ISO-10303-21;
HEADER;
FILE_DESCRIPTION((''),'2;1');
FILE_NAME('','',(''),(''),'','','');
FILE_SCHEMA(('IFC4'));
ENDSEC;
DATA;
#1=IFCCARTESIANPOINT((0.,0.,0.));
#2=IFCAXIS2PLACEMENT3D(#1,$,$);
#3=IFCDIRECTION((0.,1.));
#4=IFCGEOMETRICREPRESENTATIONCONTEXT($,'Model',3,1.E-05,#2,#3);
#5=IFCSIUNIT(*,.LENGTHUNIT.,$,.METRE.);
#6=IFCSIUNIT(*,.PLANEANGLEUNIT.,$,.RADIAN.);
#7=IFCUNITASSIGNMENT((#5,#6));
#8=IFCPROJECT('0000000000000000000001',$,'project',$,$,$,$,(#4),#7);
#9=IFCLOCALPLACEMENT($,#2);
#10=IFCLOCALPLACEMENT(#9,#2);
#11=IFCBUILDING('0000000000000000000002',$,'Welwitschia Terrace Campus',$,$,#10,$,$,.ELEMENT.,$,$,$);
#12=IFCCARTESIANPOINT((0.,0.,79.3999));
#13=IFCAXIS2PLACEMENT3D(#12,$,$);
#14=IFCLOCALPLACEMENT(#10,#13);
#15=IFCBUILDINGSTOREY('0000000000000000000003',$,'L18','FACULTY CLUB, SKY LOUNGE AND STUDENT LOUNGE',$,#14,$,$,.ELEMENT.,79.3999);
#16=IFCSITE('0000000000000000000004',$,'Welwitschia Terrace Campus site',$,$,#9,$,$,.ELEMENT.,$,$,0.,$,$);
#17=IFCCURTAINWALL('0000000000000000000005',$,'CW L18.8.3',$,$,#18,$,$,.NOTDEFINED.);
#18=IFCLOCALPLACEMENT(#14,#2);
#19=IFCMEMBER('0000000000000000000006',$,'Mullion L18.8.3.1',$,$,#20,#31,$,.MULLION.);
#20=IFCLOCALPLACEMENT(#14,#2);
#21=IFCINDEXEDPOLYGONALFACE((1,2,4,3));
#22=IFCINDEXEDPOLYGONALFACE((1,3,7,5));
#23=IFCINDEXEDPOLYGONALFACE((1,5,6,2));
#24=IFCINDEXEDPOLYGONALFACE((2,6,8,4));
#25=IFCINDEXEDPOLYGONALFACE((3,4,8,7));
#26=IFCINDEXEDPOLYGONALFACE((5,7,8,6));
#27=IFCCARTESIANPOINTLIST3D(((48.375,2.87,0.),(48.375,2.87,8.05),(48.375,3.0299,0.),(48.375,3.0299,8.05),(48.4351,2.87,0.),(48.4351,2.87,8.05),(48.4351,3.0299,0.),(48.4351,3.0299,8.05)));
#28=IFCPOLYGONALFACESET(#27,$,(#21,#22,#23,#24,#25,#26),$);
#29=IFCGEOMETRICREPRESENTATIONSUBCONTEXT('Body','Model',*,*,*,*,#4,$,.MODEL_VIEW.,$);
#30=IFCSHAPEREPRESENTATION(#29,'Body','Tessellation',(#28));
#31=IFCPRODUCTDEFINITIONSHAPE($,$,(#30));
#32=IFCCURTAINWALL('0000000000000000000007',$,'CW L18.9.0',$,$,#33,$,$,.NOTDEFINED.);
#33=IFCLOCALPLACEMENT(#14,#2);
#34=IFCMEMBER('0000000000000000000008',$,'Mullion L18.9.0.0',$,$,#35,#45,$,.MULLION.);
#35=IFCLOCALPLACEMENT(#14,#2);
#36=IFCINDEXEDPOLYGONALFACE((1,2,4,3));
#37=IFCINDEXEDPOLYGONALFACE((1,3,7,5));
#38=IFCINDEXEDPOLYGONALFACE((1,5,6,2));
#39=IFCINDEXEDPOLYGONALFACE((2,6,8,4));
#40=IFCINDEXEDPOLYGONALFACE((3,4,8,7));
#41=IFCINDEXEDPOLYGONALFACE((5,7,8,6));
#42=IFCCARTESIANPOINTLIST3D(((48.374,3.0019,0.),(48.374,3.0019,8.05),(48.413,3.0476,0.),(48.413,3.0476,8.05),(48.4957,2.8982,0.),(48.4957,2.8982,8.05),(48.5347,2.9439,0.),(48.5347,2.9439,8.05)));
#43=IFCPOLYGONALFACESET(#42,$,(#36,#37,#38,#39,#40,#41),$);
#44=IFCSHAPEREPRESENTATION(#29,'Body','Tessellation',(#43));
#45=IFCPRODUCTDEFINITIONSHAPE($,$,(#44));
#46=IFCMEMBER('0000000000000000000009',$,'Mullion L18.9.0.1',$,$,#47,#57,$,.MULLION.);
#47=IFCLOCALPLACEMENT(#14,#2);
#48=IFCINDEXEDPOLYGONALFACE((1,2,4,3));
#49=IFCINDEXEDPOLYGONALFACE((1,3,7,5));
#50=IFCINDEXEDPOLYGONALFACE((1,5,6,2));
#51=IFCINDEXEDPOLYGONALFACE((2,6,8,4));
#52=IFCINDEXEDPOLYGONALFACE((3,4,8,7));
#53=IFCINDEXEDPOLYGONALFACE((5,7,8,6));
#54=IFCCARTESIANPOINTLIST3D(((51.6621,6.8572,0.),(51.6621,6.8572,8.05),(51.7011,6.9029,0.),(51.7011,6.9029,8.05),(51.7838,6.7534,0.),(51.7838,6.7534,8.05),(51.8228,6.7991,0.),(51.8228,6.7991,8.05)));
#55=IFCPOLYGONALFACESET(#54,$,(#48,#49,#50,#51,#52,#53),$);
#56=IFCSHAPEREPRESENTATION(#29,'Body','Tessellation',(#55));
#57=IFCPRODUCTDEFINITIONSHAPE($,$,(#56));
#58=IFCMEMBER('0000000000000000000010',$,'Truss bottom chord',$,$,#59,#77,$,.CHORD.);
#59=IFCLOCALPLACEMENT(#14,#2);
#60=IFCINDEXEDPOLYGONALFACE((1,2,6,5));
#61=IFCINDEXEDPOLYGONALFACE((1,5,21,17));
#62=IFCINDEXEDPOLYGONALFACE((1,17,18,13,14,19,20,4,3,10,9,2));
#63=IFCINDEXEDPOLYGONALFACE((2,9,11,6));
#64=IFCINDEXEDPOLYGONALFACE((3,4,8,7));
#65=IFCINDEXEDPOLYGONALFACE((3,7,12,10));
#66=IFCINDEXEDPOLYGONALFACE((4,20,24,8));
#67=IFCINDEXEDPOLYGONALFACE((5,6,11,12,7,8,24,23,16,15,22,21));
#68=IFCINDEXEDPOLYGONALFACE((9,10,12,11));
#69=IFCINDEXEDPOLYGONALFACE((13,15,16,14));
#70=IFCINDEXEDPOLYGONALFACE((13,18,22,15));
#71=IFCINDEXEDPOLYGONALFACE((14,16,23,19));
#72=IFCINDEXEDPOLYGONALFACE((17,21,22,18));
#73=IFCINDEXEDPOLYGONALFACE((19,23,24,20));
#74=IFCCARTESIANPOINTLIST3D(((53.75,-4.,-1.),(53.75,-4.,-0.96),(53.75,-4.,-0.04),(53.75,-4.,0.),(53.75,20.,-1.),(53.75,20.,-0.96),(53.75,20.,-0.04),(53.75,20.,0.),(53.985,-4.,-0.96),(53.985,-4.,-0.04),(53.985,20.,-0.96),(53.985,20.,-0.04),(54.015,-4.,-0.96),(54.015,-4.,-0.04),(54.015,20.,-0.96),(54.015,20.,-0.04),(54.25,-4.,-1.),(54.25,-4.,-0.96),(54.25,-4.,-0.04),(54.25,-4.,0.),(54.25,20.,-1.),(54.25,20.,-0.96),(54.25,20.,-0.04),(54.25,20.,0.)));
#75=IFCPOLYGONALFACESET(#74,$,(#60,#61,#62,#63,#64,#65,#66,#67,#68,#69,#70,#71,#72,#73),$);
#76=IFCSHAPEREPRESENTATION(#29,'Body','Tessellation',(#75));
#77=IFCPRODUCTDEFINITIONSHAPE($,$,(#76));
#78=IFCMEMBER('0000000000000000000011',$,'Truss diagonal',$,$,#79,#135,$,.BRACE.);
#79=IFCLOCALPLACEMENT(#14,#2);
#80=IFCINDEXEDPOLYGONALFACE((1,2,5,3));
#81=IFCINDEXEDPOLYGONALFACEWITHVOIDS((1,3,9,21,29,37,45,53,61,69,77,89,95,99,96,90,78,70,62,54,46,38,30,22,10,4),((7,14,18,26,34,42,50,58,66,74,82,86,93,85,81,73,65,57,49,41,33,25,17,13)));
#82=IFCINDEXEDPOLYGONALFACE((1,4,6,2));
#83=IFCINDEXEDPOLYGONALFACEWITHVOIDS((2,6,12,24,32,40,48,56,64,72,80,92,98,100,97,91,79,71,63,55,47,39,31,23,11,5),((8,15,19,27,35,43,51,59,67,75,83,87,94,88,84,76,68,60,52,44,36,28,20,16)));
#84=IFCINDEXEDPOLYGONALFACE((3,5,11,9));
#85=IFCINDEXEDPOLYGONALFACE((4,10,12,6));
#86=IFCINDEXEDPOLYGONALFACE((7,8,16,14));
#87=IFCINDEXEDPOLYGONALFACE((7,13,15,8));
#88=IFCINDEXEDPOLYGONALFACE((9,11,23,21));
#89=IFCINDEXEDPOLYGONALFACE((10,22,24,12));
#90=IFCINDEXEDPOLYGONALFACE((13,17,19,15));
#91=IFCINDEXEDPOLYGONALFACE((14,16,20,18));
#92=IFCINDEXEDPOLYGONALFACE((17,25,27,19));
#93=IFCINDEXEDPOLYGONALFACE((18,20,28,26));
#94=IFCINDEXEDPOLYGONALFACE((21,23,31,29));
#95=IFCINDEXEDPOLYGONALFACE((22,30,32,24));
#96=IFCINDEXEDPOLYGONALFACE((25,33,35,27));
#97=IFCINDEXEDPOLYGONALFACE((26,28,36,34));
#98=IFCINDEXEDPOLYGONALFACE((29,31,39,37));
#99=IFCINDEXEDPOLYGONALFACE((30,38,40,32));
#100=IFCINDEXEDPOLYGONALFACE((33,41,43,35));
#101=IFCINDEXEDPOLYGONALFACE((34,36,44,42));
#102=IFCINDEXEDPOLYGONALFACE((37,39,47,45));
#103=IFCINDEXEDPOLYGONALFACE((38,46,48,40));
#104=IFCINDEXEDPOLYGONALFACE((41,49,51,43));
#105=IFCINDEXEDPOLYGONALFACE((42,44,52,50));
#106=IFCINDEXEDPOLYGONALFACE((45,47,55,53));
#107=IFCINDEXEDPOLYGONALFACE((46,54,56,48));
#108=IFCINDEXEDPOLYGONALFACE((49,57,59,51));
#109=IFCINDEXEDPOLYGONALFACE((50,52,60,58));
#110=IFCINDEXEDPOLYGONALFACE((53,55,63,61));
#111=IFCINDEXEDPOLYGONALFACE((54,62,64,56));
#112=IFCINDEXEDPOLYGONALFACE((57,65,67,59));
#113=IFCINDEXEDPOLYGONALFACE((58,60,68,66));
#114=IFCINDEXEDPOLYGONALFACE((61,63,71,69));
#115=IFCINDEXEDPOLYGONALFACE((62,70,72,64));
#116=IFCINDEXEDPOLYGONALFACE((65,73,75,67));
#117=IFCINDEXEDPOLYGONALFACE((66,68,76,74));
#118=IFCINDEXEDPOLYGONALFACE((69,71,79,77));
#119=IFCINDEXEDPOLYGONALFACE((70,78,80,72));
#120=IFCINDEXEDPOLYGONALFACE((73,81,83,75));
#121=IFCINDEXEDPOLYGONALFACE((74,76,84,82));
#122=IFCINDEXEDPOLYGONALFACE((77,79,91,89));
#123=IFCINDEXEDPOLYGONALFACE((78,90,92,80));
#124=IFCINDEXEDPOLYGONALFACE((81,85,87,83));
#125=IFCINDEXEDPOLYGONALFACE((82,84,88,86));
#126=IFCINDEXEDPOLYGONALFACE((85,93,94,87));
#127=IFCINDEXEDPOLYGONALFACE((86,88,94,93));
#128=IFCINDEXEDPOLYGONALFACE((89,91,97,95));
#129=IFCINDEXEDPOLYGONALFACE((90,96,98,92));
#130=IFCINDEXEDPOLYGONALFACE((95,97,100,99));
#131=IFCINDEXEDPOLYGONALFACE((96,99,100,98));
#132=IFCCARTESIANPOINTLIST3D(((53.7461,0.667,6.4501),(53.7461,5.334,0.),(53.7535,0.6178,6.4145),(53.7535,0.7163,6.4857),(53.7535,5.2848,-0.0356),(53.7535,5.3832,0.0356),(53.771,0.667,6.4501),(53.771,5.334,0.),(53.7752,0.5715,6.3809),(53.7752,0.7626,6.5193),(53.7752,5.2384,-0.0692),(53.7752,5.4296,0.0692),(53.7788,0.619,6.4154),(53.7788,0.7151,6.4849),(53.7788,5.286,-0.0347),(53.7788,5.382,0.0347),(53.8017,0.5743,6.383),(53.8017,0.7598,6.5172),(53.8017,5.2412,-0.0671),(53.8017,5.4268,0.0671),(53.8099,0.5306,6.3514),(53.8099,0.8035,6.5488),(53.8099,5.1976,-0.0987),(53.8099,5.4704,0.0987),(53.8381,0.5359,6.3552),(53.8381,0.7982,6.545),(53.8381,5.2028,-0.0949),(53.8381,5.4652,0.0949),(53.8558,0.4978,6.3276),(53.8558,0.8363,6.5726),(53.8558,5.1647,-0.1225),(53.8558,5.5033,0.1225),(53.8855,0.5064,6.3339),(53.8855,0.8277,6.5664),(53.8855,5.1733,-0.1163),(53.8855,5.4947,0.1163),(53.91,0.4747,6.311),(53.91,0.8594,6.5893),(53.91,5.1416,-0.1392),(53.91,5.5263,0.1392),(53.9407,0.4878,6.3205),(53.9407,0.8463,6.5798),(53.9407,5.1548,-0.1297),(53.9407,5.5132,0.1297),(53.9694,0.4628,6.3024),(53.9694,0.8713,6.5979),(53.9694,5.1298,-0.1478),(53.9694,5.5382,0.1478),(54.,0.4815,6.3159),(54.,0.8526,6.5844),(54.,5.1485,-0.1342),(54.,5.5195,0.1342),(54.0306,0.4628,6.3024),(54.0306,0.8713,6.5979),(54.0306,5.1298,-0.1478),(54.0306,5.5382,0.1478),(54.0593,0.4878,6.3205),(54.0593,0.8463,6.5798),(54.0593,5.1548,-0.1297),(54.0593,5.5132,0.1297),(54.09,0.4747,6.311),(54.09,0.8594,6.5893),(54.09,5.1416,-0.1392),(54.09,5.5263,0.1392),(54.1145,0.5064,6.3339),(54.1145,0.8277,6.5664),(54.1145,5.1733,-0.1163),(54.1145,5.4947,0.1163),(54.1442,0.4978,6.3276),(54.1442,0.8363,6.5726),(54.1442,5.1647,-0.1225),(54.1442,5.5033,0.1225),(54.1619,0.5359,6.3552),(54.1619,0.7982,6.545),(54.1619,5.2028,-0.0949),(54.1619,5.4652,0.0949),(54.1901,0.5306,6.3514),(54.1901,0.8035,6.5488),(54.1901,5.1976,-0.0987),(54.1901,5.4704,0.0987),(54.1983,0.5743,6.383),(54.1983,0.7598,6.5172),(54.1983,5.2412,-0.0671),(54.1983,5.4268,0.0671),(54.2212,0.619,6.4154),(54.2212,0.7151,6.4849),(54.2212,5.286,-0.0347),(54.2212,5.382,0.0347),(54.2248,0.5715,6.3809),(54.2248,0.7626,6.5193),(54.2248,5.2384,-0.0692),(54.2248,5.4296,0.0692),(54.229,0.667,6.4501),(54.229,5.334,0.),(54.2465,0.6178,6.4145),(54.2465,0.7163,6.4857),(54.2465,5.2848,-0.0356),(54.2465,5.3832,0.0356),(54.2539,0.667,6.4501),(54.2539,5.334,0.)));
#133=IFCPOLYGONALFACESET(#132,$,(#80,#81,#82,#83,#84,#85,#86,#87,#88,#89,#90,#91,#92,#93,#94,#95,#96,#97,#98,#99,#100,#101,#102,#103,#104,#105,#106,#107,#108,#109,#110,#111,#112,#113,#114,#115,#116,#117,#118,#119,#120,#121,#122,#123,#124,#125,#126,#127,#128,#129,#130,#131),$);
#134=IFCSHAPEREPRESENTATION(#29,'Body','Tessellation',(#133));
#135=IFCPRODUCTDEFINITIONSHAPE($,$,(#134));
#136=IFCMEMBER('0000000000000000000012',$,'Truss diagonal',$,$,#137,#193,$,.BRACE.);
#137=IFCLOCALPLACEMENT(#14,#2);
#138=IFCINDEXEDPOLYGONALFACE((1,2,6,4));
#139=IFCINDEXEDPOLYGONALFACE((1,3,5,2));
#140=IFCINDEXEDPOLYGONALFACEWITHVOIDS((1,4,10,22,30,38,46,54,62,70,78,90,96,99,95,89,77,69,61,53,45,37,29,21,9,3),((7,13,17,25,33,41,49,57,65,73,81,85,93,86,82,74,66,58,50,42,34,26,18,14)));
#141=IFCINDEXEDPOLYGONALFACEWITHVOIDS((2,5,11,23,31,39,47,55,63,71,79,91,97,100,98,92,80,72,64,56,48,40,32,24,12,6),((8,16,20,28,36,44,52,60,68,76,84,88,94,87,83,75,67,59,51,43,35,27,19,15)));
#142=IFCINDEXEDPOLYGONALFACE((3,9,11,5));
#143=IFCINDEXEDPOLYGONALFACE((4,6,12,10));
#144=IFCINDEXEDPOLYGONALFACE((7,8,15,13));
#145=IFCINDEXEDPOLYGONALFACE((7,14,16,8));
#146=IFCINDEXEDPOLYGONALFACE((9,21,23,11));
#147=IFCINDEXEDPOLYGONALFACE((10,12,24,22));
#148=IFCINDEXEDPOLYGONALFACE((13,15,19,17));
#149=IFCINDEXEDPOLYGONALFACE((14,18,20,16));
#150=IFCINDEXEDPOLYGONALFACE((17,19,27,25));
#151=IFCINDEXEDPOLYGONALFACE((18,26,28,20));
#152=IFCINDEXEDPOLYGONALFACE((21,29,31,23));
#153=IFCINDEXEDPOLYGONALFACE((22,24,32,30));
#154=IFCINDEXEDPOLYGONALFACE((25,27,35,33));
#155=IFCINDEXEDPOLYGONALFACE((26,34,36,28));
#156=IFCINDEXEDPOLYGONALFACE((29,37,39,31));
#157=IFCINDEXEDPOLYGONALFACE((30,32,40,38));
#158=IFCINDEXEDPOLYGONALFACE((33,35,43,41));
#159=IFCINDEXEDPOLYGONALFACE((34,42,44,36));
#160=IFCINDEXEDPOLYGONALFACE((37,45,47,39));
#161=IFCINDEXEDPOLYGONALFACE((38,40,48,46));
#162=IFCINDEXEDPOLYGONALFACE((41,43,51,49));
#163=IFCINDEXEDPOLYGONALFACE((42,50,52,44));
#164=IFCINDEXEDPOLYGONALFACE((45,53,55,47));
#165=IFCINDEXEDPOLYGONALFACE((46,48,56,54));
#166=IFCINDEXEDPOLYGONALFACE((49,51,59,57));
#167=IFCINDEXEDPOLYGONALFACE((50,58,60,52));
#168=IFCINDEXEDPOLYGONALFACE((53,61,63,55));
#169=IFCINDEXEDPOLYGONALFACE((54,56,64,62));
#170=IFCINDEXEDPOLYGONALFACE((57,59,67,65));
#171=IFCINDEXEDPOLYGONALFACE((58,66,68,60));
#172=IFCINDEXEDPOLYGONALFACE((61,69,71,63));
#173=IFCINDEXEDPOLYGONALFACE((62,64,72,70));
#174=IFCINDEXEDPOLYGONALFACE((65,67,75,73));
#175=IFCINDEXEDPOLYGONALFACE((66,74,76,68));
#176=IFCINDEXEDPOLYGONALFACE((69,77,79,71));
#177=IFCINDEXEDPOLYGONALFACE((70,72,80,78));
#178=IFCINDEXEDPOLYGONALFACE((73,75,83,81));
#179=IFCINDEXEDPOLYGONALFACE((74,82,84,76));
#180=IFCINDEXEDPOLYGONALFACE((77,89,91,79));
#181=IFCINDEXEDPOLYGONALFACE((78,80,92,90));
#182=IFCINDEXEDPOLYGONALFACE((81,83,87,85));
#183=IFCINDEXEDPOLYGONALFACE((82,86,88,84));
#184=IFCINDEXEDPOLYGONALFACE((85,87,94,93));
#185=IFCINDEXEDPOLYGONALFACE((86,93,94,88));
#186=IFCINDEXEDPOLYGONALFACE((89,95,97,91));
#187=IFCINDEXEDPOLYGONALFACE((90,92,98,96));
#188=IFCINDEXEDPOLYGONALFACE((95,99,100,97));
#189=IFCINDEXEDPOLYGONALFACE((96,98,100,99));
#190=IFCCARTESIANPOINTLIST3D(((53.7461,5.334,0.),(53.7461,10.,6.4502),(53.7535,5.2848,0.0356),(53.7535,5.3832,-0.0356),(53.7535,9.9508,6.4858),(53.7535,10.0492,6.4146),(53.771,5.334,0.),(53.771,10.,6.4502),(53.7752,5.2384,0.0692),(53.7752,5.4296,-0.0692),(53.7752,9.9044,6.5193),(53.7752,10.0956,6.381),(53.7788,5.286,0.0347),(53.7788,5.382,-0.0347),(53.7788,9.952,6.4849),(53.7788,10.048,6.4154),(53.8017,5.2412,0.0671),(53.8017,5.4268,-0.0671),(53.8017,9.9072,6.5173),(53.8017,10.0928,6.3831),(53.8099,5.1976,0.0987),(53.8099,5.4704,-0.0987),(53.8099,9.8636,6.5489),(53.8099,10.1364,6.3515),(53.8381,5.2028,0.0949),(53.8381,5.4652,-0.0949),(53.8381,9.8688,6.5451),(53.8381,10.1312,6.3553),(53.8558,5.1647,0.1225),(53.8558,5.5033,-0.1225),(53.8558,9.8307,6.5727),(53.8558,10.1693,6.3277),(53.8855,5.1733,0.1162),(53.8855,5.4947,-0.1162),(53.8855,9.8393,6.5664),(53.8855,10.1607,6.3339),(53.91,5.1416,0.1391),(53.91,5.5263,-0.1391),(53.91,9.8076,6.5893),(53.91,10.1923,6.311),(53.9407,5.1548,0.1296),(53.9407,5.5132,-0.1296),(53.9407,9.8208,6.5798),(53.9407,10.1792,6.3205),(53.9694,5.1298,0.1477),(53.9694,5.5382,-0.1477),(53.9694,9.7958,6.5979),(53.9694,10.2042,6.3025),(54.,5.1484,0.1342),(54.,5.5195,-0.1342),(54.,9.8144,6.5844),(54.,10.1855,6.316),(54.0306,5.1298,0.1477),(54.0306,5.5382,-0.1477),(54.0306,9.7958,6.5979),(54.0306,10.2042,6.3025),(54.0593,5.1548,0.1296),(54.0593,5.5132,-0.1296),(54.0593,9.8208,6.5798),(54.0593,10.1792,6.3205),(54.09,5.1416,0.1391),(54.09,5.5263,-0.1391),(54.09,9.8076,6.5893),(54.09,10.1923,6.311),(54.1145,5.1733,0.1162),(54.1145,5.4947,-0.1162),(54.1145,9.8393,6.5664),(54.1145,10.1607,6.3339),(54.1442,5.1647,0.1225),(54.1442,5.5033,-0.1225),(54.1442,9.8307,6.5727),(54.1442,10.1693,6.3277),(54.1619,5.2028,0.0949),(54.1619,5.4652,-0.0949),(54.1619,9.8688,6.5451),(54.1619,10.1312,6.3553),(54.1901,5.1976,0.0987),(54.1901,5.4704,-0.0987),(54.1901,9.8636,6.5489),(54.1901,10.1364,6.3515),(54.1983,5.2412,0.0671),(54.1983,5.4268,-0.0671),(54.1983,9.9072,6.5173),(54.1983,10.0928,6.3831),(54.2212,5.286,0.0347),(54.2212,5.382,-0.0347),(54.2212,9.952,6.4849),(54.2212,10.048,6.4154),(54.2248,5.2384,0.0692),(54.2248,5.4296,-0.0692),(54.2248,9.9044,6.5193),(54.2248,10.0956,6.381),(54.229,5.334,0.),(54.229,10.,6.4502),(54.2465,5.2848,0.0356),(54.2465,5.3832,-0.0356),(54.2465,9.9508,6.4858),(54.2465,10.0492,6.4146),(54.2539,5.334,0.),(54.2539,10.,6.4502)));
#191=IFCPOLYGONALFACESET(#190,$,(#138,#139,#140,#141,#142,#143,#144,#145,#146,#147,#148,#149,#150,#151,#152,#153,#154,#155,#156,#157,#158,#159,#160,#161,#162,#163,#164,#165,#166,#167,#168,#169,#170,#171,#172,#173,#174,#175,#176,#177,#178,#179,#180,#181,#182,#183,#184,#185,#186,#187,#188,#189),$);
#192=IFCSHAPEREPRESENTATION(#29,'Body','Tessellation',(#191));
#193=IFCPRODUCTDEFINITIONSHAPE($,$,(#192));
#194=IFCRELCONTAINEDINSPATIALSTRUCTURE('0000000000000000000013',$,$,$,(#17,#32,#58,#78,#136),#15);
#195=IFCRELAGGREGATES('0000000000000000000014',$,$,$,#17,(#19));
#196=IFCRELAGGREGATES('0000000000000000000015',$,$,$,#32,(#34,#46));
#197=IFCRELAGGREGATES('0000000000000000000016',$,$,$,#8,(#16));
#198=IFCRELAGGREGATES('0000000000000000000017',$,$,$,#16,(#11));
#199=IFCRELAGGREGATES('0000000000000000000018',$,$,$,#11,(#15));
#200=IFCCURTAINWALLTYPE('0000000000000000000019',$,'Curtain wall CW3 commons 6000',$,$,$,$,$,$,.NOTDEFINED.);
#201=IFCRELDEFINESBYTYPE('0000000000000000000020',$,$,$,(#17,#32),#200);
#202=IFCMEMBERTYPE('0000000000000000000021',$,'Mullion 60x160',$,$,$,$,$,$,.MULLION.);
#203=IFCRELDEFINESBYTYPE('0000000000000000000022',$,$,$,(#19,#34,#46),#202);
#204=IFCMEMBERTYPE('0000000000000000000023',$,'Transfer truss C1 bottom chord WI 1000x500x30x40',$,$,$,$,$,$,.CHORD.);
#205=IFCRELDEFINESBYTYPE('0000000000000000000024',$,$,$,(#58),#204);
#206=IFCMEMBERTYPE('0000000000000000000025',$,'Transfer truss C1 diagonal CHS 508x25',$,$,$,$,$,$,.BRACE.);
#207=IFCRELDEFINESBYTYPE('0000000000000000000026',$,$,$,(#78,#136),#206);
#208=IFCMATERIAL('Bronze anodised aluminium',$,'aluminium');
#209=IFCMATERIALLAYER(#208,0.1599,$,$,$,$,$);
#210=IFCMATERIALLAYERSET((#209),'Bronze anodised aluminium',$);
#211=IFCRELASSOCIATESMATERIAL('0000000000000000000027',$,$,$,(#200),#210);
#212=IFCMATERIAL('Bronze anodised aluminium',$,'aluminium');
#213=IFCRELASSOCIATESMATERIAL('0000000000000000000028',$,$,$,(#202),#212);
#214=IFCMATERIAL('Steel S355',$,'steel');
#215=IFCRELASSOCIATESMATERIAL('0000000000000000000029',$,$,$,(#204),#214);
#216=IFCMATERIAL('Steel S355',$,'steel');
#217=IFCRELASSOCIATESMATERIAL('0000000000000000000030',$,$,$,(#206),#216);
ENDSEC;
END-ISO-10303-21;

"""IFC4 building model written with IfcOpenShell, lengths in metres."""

from ifc_helpers import new_model, si_unit, direction, frame, origin, origin_2d, place, context, subcontext, project, spatial, rectangle, hollow_circle, i_section, extrude, material, layer, layer_set, material_profile, profile_set, type_object, element, aggregate, save


model = new_model("IFC4")

# Units and contexts
model_context = context("Model", 3, precision=1e-05, world=origin(), true_north=direction((0.0, 1.0)))
body_context = subcontext(model_context, "Body", "Model", "MODEL_VIEW")
ifc_project = project(units=[si_unit("LENGTHUNIT", "METRE"), si_unit("PLANEANGLEUNIT", "RADIAN")], contexts=[model_context])

# Site, building, storey
site_placement = place(None, origin())
site = spatial("IfcSite", under=ifc_project, at=site_placement, Name="Welwitschia Terrace Campus site", CompositionType="ELEMENT", RefElevation=0.0)
building_placement = place(site_placement, origin())
building = spatial("IfcBuilding", under=site, at=building_placement, Name="Welwitschia Terrace Campus", CompositionType="ELEMENT")
storey_placement = place(building_placement, frame((0.0, 0.0, 79.3999)))
storey = spatial("IfcBuildingStorey", under=building, at=storey_placement, Name="L18", Description="FACULTY CLUB, SKY LOUNGE AND STUDENT LOUNGE", CompositionType="ELEMENT", Elevation=79.3999)

# Curtain wall, member
ifc_material_1 = material(Name="Bronze anodised aluminium", Category="aluminium")
ifc_layer_1 = layer(ifc_material_1, 0.1599)
ifc_layer_set_1 = layer_set([ifc_layer_1], Name="Bronze anodised aluminium")
curtain_wall_type = type_object("IfcCurtainWallType", Name="Curtain wall CW3 commons 6000", PredefinedType="NOTDEFINED", material=ifc_layer_set_1)
curtain_wall_1_placement = place(storey_placement, origin())
curtain_wall_1 = element("IfcCurtainWall", 1, at=curtain_wall_1_placement, inside=storey, type_object=curtain_wall_type, Name="CW L18.8.3", PredefinedType="NOTDEFINED")
ifc_material_2 = material(Name="Bronze anodised aluminium", Category="aluminium")
ifc_material_profile_1 = material_profile(ifc_material_2, rectangle(XDim=0.1599, YDim=0.0601, at=origin_2d()))
ifc_profile_set_1 = profile_set([ifc_material_profile_1], Name="Bronze anodised aluminium")
member_type_1 = type_object("IfcMemberType", Name="Mullion 60x160", PredefinedType="MULLION", material=ifc_profile_set_1)
member_1_placement = place(storey_placement, frame((48.405, 2.95, 0.0), z_axis=(0.0, 0.0, 1.0), x_axis=(0.0, 1.0, 0.0)))
member_1 = element("IfcMember", 2, at=member_1_placement, type_object=member_type_1, Name="Mullion L18.8.3.1", PredefinedType="MULLION", context=body_context, shape_type="SweptSolid", body=[
    extrude(rectangle(XDim=0.1599, YDim=0.0601, at=origin_2d()), origin(), (0.0, 0.0, 1.0), 8.05),
])
aggregate(curtain_wall_1, [member_1])

# Curtain wall, members
curtain_wall_2_placement = place(storey_placement, origin())
curtain_wall_2 = element("IfcCurtainWall", 3, at=curtain_wall_2_placement, inside=storey, type_object=curtain_wall_type, Name="CW L18.9.0", PredefinedType="NOTDEFINED")
member_2_placement = place(storey_placement, frame((48.4543, 2.9729, 0.0), z_axis=(0.0, 0.0, 1.0), x_axis=(-0.760856, 0.64892, 0.0)))
member_2 = element("IfcMember", 4, at=member_2_placement, type_object=member_type_1, Name="Mullion L18.9.0.0", PredefinedType="MULLION", context=body_context, shape_type="SweptSolid", body=[
    extrude(rectangle(XDim=0.1599, YDim=0.0601, at=origin_2d()), origin(), (0.0, 0.0, 1.0), 8.05),
])
member_3_placement = place(storey_placement, frame((51.7424, 6.8281, 0.0), z_axis=(0.0, 0.0, 1.0), x_axis=(-0.760856, 0.64892, 0.0)))
member_3 = element("IfcMember", 5, at=member_3_placement, type_object=member_type_1, Name="Mullion L18.9.0.1", PredefinedType="MULLION", context=body_context, shape_type="SweptSolid", body=[
    extrude(rectangle(XDim=0.1599, YDim=0.0601, at=origin_2d()), origin(), (0.0, 0.0, 1.0), 8.05),
])

# Members
ifc_material_3 = material(Name="Steel S355", Category="steel")
ifc_material_profile_2 = material_profile(ifc_material_3, i_section(OverallWidth=0.5, OverallDepth=1.0, WebThickness=0.03, FlangeThickness=0.04, at=origin_2d()))
ifc_profile_set_2 = profile_set([ifc_material_profile_2], Name="Steel S355")
member_type_2 = type_object("IfcMemberType", Name="Transfer truss C1 bottom chord WI 1000x500x30x40", PredefinedType="CHORD", material=ifc_profile_set_2)
member_4_placement = place(storey_placement, frame((54.0, -4.0, -0.5), z_axis=(0.0, 1.0, 0.0), x_axis=(-1.0, 0.0, 0.0)))
element("IfcMember", 6, at=member_4_placement, inside=storey, type_object=member_type_2, Name="Truss bottom chord", PredefinedType="CHORD", context=body_context, shape_type="SweptSolid", body=[
    extrude(i_section(OverallWidth=0.5, OverallDepth=1.0, WebThickness=0.03, FlangeThickness=0.04, at=origin_2d()), origin(), (0.0, 0.0, 1.0), 24.0),
])
ifc_material_4 = material(Name="Steel S355", Category="steel")
ifc_material_profile_3 = material_profile(ifc_material_4, hollow_circle(Radius=0.2539, WallThickness=0.0249, at=origin_2d()))
ifc_profile_set_3 = profile_set([ifc_material_profile_3], Name="Steel S355")
member_type_3 = type_object("IfcMemberType", Name="Transfer truss C1 diagonal CHS 508x25", PredefinedType="BRACE", material=ifc_profile_set_3)
member_5_placement = place(storey_placement, frame((54.0, 5.334, 0.0), z_axis=(0.0, -0.586193, 0.810171), x_axis=(1.0, 0.0, 0.0)))
element("IfcMember", 7, at=member_5_placement, inside=storey, type_object=member_type_3, Name="Truss diagonal", PredefinedType="BRACE", context=body_context, shape_type="SweptSolid", body=[
    extrude(hollow_circle(Radius=0.2539, WallThickness=0.0249, at=origin_2d()), origin(), (0.0, 0.0, 1.0), 7.9614),
])
member_6_placement = place(storey_placement, frame((54.0, 5.334, 0.0), z_axis=(0.0, 0.586113, 0.810229), x_axis=(-1.0, 0.0, 0.0)))
element("IfcMember", 8, at=member_6_placement, inside=storey, type_object=member_type_3, Name="Truss diagonal", PredefinedType="BRACE", context=body_context, shape_type="SweptSolid", body=[
    extrude(hollow_circle(Radius=0.2539, WallThickness=0.0249, at=origin_2d()), origin(), (0.0, 0.0, 1.0), 7.9609),
])

aggregate(curtain_wall_2, [member_2, member_3])

save(model, "model.ifc")
